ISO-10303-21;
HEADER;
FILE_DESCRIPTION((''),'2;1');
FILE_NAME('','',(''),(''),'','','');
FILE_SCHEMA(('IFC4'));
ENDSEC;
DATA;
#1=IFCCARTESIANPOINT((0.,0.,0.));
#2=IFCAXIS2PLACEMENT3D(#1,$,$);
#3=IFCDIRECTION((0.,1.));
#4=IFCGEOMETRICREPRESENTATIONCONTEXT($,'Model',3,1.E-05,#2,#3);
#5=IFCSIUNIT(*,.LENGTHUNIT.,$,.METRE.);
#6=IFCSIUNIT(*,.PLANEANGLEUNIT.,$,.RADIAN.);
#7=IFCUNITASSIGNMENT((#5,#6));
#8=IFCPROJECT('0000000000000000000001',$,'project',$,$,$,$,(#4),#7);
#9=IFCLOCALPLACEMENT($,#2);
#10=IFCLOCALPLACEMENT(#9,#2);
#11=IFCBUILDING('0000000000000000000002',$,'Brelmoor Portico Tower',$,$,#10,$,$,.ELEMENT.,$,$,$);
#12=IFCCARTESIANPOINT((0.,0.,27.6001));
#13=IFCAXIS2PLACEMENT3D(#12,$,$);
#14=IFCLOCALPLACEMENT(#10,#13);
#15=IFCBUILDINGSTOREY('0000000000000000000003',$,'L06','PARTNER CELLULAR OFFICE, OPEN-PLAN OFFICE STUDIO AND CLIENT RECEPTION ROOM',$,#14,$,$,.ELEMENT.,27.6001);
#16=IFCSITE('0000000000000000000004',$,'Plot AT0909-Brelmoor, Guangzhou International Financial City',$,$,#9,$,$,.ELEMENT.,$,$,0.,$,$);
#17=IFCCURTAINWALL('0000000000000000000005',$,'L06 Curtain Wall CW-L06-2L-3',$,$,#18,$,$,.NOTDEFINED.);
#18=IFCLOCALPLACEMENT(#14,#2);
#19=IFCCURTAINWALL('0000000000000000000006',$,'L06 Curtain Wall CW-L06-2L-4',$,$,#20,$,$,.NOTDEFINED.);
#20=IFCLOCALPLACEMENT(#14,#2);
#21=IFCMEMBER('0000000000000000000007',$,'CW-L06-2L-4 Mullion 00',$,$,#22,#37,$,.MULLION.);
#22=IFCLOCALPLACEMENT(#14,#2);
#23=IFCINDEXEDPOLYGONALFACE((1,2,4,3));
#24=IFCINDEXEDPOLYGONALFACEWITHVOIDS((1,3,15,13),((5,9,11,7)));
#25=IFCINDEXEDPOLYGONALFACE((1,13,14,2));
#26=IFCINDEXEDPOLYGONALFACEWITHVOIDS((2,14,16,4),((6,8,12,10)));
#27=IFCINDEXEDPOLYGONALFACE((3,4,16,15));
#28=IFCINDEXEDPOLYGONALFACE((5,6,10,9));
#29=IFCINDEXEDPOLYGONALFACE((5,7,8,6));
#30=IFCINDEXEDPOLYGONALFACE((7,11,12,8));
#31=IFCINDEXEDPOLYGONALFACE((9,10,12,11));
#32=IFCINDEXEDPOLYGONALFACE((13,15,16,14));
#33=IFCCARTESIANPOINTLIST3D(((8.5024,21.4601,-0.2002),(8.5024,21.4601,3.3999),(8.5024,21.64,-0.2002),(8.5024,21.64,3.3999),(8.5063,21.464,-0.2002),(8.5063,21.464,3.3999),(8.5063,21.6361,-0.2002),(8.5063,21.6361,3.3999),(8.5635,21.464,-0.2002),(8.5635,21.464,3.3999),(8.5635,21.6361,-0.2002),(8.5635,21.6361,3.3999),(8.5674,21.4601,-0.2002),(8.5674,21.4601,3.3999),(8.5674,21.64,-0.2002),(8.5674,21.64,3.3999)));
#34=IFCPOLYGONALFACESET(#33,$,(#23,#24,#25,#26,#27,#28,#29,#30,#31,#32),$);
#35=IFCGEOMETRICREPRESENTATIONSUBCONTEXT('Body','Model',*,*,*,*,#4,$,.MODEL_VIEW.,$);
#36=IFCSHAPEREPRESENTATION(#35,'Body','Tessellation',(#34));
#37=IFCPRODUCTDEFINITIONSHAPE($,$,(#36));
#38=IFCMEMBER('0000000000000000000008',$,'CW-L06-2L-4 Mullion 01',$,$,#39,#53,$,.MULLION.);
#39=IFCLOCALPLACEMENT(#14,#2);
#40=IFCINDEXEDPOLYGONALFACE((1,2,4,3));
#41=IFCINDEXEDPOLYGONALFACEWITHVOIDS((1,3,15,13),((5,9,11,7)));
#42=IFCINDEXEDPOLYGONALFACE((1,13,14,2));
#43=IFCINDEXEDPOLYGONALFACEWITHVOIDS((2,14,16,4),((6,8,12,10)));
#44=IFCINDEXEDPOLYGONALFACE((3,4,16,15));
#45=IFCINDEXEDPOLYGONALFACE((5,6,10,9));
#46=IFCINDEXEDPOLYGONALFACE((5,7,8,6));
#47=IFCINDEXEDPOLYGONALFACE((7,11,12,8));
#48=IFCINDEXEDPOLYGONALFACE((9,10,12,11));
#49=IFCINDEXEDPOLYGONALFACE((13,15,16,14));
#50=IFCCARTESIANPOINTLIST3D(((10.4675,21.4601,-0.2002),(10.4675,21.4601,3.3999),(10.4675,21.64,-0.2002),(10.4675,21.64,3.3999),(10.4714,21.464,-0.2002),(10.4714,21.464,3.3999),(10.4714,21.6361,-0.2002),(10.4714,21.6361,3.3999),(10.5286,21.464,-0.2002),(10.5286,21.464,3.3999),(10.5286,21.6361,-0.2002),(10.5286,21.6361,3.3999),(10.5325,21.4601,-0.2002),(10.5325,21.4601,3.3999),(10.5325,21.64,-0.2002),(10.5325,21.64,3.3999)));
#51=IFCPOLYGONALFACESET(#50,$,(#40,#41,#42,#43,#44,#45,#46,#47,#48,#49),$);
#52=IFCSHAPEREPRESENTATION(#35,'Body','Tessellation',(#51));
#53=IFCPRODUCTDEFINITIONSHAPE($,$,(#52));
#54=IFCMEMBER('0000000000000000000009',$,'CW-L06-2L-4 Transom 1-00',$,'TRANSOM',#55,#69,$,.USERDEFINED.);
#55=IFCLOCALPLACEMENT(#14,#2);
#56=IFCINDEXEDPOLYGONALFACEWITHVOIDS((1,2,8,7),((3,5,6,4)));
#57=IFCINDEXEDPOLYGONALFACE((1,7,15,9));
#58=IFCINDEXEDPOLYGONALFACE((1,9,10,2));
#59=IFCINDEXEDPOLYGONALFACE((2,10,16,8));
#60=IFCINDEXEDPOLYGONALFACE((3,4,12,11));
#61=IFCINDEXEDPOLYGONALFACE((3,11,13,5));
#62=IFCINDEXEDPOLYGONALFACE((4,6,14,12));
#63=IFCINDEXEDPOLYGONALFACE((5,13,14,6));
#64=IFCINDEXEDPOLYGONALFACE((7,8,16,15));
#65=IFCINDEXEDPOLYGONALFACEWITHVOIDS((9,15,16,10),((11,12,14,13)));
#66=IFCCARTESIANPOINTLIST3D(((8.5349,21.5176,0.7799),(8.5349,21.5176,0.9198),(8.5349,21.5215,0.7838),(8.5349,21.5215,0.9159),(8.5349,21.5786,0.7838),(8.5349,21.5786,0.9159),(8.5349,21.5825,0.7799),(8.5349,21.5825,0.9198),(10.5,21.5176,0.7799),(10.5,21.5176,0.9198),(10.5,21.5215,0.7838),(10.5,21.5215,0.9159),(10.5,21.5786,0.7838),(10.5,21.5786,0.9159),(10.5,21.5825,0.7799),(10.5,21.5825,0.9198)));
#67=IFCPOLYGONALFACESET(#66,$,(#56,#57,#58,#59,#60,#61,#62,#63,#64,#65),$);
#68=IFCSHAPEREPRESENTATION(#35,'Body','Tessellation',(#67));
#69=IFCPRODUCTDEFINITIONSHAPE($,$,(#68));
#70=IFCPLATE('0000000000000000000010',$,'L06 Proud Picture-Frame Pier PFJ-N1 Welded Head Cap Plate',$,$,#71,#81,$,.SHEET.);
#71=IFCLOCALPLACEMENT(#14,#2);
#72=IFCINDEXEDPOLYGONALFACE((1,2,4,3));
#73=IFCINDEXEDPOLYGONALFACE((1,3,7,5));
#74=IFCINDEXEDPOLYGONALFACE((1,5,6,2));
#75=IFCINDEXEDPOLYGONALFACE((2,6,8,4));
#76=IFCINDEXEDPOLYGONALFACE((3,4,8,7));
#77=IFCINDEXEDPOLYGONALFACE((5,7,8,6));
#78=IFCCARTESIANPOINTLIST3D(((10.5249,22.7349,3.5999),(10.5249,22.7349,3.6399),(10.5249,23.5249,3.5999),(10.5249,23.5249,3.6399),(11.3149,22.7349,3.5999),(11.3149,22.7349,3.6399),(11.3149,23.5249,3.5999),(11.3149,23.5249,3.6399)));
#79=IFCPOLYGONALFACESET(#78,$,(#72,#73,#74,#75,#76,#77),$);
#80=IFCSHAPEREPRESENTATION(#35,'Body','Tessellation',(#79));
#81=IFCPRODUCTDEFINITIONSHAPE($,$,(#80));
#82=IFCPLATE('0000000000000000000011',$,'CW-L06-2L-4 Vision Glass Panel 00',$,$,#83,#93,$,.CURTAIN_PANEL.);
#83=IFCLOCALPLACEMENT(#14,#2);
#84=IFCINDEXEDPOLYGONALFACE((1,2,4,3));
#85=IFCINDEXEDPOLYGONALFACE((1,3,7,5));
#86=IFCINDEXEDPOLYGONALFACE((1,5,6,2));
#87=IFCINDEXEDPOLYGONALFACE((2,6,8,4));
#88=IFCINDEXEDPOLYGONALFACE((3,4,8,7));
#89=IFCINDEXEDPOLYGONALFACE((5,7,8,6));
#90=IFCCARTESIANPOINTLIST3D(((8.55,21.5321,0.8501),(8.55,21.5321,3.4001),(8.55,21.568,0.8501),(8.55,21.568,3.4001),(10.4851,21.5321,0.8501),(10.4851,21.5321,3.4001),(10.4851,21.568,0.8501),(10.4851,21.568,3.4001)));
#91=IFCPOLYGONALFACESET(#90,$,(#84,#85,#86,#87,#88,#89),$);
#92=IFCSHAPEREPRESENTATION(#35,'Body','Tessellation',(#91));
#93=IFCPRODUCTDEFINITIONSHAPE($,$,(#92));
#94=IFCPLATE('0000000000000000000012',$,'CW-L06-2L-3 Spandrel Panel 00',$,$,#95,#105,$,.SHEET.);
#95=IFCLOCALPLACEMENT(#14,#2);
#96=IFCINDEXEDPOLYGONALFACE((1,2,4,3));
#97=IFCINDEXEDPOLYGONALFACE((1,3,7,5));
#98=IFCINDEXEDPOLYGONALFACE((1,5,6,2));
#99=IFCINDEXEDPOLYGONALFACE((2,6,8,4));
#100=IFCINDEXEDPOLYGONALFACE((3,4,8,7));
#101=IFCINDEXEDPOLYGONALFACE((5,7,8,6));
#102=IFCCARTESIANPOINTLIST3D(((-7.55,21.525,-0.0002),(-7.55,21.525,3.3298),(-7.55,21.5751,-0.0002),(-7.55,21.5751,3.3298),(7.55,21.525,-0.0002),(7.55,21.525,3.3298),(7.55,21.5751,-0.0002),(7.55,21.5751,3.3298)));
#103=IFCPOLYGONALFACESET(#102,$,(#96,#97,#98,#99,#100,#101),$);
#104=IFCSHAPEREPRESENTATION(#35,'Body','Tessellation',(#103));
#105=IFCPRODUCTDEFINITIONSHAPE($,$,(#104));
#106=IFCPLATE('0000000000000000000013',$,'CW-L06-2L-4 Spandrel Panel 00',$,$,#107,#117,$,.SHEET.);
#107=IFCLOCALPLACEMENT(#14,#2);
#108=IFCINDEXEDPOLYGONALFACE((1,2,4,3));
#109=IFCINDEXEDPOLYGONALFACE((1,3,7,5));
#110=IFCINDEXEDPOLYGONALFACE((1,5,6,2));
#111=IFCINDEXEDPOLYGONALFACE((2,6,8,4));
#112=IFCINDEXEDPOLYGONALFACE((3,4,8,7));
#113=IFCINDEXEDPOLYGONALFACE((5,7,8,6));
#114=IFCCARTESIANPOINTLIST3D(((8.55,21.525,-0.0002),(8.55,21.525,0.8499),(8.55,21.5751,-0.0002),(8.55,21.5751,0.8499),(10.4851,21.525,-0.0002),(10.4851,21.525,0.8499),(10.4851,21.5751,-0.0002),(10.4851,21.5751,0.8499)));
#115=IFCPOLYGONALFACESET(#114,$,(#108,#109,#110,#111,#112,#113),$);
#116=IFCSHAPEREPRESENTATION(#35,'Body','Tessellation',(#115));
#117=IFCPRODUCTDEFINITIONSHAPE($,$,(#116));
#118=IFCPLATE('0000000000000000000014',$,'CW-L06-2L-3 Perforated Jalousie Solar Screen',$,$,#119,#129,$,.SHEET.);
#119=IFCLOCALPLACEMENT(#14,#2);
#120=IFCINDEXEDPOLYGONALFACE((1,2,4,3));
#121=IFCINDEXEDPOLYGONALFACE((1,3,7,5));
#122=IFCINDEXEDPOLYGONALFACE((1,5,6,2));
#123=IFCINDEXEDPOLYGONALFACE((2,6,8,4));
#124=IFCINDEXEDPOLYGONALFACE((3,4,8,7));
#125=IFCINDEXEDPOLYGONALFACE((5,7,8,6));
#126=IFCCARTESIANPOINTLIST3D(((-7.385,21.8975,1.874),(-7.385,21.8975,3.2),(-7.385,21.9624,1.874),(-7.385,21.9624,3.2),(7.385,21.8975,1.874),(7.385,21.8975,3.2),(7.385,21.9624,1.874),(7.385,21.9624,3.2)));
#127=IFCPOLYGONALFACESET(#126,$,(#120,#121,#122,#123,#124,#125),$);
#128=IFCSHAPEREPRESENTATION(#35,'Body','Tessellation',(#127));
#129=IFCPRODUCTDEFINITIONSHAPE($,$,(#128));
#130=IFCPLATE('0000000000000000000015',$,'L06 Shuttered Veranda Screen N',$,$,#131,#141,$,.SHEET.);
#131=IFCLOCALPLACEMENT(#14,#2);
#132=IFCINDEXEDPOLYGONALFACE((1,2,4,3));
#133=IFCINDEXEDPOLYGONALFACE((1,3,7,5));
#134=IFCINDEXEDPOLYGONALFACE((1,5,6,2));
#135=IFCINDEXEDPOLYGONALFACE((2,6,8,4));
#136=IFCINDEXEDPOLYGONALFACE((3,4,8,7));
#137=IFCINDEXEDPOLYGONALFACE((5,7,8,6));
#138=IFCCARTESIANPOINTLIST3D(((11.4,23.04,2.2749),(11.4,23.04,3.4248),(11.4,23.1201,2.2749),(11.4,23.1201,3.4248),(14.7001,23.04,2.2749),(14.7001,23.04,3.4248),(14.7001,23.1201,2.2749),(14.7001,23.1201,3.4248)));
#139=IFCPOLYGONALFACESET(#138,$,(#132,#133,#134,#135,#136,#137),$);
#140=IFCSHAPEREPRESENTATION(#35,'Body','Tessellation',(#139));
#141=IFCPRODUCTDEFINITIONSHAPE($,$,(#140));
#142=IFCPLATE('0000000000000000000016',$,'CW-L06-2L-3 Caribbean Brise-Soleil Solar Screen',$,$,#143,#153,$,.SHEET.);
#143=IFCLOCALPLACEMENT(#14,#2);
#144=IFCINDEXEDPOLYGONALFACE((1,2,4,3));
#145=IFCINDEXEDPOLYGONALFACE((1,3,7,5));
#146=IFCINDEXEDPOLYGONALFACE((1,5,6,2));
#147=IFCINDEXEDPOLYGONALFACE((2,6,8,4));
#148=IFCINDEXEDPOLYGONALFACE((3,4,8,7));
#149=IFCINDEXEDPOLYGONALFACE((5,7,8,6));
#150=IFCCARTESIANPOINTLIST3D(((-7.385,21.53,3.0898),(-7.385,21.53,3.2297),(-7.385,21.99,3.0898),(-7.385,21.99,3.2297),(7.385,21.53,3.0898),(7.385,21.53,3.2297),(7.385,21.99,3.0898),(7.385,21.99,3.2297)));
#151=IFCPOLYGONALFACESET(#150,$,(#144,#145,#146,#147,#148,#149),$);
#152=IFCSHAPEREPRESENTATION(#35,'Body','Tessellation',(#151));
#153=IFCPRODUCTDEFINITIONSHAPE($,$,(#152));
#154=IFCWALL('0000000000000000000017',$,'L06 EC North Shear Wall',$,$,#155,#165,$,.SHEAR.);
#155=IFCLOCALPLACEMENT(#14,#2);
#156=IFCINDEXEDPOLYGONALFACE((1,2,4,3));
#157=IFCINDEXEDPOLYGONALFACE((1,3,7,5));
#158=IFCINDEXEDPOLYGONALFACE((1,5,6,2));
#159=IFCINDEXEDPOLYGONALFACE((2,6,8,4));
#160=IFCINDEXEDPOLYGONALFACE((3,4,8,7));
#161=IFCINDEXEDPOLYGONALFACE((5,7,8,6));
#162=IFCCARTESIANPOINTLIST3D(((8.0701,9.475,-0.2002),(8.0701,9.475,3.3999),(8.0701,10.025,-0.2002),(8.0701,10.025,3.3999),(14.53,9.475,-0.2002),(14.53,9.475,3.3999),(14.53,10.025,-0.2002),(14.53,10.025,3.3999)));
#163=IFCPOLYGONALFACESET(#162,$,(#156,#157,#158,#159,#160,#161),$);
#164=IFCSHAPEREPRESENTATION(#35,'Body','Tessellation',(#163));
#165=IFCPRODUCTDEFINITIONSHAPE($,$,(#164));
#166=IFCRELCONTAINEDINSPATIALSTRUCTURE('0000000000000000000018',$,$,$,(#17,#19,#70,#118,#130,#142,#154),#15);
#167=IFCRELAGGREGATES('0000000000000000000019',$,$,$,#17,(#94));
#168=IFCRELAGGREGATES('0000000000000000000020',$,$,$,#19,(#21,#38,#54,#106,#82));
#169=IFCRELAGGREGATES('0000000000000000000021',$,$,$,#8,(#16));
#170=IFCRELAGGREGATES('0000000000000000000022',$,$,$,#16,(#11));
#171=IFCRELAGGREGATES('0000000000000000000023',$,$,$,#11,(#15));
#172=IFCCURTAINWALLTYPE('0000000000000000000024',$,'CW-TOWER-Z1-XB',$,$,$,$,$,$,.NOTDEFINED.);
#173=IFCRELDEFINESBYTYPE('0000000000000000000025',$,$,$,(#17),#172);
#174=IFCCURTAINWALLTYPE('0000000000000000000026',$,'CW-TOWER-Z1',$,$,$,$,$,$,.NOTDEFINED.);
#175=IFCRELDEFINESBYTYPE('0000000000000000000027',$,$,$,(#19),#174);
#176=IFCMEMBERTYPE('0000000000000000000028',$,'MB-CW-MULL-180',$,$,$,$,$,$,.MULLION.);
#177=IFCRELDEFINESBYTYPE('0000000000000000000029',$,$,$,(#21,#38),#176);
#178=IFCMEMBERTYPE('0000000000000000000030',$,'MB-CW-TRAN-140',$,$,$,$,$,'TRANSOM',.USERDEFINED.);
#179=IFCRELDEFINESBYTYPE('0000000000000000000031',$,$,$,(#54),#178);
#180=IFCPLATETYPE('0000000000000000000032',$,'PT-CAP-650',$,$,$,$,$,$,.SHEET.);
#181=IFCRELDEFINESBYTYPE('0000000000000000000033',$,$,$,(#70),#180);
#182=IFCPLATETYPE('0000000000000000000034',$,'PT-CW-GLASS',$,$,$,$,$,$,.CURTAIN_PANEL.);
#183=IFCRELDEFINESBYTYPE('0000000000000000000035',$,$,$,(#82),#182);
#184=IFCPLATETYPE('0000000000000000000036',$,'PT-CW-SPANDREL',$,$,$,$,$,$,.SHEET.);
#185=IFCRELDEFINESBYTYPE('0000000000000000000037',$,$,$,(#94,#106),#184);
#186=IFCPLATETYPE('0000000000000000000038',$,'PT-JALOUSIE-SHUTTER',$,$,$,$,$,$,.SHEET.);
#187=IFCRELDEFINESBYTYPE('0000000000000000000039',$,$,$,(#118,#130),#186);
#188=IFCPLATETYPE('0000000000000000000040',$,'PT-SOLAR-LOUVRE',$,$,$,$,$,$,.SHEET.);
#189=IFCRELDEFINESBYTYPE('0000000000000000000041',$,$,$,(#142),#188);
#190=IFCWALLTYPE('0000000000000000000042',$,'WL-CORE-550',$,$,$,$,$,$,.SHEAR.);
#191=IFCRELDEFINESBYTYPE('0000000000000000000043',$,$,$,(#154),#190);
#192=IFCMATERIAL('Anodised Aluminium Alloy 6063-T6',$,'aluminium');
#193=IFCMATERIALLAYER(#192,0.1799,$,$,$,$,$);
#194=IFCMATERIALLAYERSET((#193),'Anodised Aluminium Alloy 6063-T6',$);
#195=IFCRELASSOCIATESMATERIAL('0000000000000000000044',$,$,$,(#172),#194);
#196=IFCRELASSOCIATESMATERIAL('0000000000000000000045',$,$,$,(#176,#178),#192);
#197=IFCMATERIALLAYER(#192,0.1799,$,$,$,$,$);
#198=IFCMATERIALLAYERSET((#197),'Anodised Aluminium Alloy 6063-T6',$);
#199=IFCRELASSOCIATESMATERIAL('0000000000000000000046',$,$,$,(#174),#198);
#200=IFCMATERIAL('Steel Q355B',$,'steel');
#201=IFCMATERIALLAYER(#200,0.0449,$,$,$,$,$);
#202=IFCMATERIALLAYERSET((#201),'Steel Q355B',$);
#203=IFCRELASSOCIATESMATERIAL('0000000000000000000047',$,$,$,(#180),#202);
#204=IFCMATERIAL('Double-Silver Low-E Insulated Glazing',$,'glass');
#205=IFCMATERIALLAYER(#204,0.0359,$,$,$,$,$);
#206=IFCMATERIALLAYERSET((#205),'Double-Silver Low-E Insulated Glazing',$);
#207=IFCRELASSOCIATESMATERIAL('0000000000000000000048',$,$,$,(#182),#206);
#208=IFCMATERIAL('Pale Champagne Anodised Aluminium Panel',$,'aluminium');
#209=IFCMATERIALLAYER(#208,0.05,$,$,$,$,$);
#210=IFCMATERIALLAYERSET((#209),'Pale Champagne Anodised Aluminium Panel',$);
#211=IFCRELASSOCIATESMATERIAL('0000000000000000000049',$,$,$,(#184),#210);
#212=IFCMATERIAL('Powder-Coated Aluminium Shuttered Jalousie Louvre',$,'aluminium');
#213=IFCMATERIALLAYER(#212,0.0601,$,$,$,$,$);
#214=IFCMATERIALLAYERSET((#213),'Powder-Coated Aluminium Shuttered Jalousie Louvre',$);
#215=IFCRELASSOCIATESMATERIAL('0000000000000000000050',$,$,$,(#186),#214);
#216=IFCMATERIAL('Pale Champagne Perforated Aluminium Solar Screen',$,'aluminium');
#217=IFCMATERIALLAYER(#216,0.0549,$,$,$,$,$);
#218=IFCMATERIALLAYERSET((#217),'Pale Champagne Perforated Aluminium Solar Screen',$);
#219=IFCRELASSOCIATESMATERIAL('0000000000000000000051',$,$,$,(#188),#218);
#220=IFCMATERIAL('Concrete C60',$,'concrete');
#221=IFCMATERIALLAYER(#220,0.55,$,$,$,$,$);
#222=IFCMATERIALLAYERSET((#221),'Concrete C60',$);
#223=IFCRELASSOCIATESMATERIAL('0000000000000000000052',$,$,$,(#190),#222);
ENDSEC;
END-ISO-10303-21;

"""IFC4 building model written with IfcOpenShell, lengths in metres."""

from ifc_helpers import new_model, si_unit, direction, frame, frame_2d, origin, origin_2d, place, context, subcontext, project, spatial, rectangle, hollow_rectangle, extrude, material, layer, layer_set, material_profile, profile_set, type_object, element, aggregate, save


model = new_model("IFC4")

# Units and contexts
model_context = context("Model", 3, precision=1e-05, world=origin(), true_north=direction((0.0, 1.0)))
body_context = subcontext(model_context, "Body", "Model", "MODEL_VIEW")
ifc_project = project(units=[si_unit("LENGTHUNIT", "METRE"), si_unit("PLANEANGLEUNIT", "RADIAN")], contexts=[model_context])

# Site, building, storey
site_placement = place(None, origin())
site = spatial("IfcSite", under=ifc_project, at=site_placement, Name="Plot AT0909-Brelmoor, Guangzhou International Financial City", CompositionType="ELEMENT", RefElevation=0.0)
building_placement = place(site_placement, origin())
building = spatial("IfcBuilding", under=site, at=building_placement, Name="Brelmoor Portico Tower", CompositionType="ELEMENT")
storey_placement = place(building_placement, frame((0.0, 0.0, 27.6001)))
storey = spatial("IfcBuildingStorey", under=building, at=storey_placement, Name="L06", Description="PARTNER CELLULAR OFFICE, OPEN-PLAN OFFICE STUDIO AND CLIENT RECEPTION ROOM", CompositionType="ELEMENT", Elevation=27.6001)

# Shared definitions
ifc_material_1 = material(Name="Steel Q355B", Category="steel")

# Curtain wall
ifc_material_2 = material(Name="Anodised Aluminium Alloy 6063-T6", Category="aluminium")
ifc_layer_1 = layer(ifc_material_2, 0.1799)
ifc_layer_set_1 = layer_set([ifc_layer_1], Name="Anodised Aluminium Alloy 6063-T6")
curtain_wall_type_1 = type_object("IfcCurtainWallType", Name="CW-TOWER-Z1-XB", PredefinedType="NOTDEFINED", material=ifc_layer_set_1)
curtain_wall_1_placement = place(storey_placement, origin())
curtain_wall_1 = element("IfcCurtainWall", 1, at=curtain_wall_1_placement, inside=storey, type_object=curtain_wall_type_1, Name="L06 Curtain Wall CW-L06-2L-3", PredefinedType="NOTDEFINED")
ifc_material_profile_1 = material_profile(ifc_material_2, hollow_rectangle(XDim=0.0649, YDim=0.1799, WallThickness=0.0039, at=origin_2d()), Name="ALU MULLION 65x180")
ifc_profile_set_1 = profile_set([ifc_material_profile_1], Name="Anodised Aluminium Alloy 6063-T6")
member_type_1 = type_object("IfcMemberType", Name="MB-CW-MULL-180", PredefinedType="MULLION", material=ifc_profile_set_1)

# Curtain wall, members
ifc_layer_2 = layer(ifc_material_2, 0.1799)
ifc_layer_set_2 = layer_set([ifc_layer_2], Name="Anodised Aluminium Alloy 6063-T6")
curtain_wall_type_2 = type_object("IfcCurtainWallType", Name="CW-TOWER-Z1", PredefinedType="NOTDEFINED", material=ifc_layer_set_2)
curtain_wall_2_placement = place(storey_placement, origin())
curtain_wall_2 = element("IfcCurtainWall", 2, at=curtain_wall_2_placement, inside=storey, type_object=curtain_wall_type_2, Name="L06 Curtain Wall CW-L06-2L-4", PredefinedType="NOTDEFINED")
member_1_placement = place(storey_placement, frame((8.5349, 21.55, -0.2002), z_axis=(0.0, 0.0, 1.0), x_axis=(1.0, 0.0, 0.0)))
member_1 = element("IfcMember", 3, at=member_1_placement, type_object=member_type_1, Name="CW-L06-2L-4 Mullion 00", PredefinedType="MULLION", context=body_context, shape_type="SweptSolid", body=[
    extrude(hollow_rectangle(XDim=0.0649, YDim=0.1799, WallThickness=0.0039, at=origin_2d()), origin(), (0.0, 0.0, 1.0), 3.6001),
])
member_2_placement = place(storey_placement, frame((10.5, 21.55, -0.2002), z_axis=(0.0, 0.0, 1.0), x_axis=(1.0, 0.0, 0.0)))
member_2 = element("IfcMember", 4, at=member_2_placement, type_object=member_type_1, Name="CW-L06-2L-4 Mullion 01", PredefinedType="MULLION", context=body_context, shape_type="SweptSolid", body=[
    extrude(hollow_rectangle(XDim=0.0649, YDim=0.1799, WallThickness=0.0039, at=origin_2d()), origin(), (0.0, 0.0, 1.0), 3.6001),
])
ifc_material_profile_2 = material_profile(ifc_material_2, hollow_rectangle(XDim=0.0649, YDim=0.1399, WallThickness=0.0039, at=origin_2d()), Name="ALU TRANSOM 65x140")
ifc_profile_set_2 = profile_set([ifc_material_profile_2], Name="Anodised Aluminium Alloy 6063-T6")
member_type_2 = type_object("IfcMemberType", Name="MB-CW-TRAN-140", ElementType="TRANSOM", PredefinedType="USERDEFINED", material=ifc_profile_set_2)
member_3_placement = place(storey_placement, frame((8.5349, 21.55, 0.8499), z_axis=(1.0, 0.0, 0.0), x_axis=(0.0, 1.0, 0.0)))
member_3 = element("IfcMember", 5, at=member_3_placement, type_object=member_type_2, Name="CW-L06-2L-4 Transom 1-00", ObjectType="TRANSOM", PredefinedType="USERDEFINED", context=body_context, shape_type="SweptSolid", body=[
    extrude(hollow_rectangle(XDim=0.0649, YDim=0.1399, WallThickness=0.0039, at=origin_2d()), origin(), (0.0, 0.0, 1.0), 1.9651),
])

# Plates
ifc_layer_3 = layer(ifc_material_1, 0.0449)
ifc_layer_set_3 = layer_set([ifc_layer_3], Name="Steel Q355B")
plate_type_1 = type_object("IfcPlateType", Name="PT-CAP-650", PredefinedType="SHEET", material=ifc_layer_set_3)
plate_1_placement = place(storey_placement, frame((10.9199, 23.1299, 3.5999), z_axis=(0.0, 0.0, 1.0), x_axis=(1.0, 0.0, 0.0)))
element("IfcPlate", 6, at=plate_1_placement, inside=storey, type_object=plate_type_1, Name="L06 Proud Picture-Frame Pier PFJ-N1 Welded Head Cap Plate", PredefinedType="SHEET", context=body_context, shape_type="SweptSolid", body=[
    extrude(rectangle(XDim=0.79, YDim=0.79, at=origin_2d()), origin(), (0.0, 0.0, 1.0), 0.04),
])
ifc_material_3 = material(Name="Double-Silver Low-E Insulated Glazing", Category="glass")
ifc_layer_4 = layer(ifc_material_3, 0.0359)
ifc_layer_set_4 = layer_set([ifc_layer_4], Name="Double-Silver Low-E Insulated Glazing")
plate_type_2 = type_object("IfcPlateType", Name="PT-CW-GLASS", PredefinedType="CURTAIN_PANEL", material=ifc_layer_set_4)
plate_2_placement = place(storey_placement, frame((9.5176, 21.55, 0.8501), z_axis=(0.0, 0.0, 1.0), x_axis=(1.0, 0.0, 0.0)))
plate_2 = element("IfcPlate", 7, at=plate_2_placement, type_object=plate_type_2, Name="CW-L06-2L-4 Vision Glass Panel 00", PredefinedType="CURTAIN_PANEL", context=body_context, shape_type="SweptSolid", body=[
    extrude(rectangle(XDim=1.9351, YDim=0.0359, at=origin_2d()), origin(), (0.0, 0.0, 1.0), 2.55),
])
ifc_material_4 = material(Name="Pale Champagne Anodised Aluminium Panel", Category="aluminium")
ifc_layer_5 = layer(ifc_material_4, 0.05)
ifc_layer_set_5 = layer_set([ifc_layer_5], Name="Pale Champagne Anodised Aluminium Panel")
plate_type_3 = type_object("IfcPlateType", Name="PT-CW-SPANDREL", PredefinedType="SHEET", material=ifc_layer_set_5)
plate_3_placement = place(storey_placement, frame((0.0, 21.55, -0.0002), z_axis=(0.0, 0.0, 1.0), x_axis=(1.0, 0.0, 0.0)))
plate_3 = element("IfcPlate", 8, at=plate_3_placement, type_object=plate_type_3, Name="CW-L06-2L-3 Spandrel Panel 00", PredefinedType="SHEET", context=body_context, shape_type="SweptSolid", body=[
    extrude(rectangle(XDim=15.1001, YDim=0.05, at=origin_2d()), origin(), (0.0, 0.0, 1.0), 3.3301),
])
aggregate(curtain_wall_1, [plate_3])
plate_4_placement = place(storey_placement, frame((9.5176, 21.55, -0.0002), z_axis=(0.0, 0.0, 1.0), x_axis=(1.0, 0.0, 0.0)))
plate_4 = element("IfcPlate", 9, at=plate_4_placement, type_object=plate_type_3, Name="CW-L06-2L-4 Spandrel Panel 00", PredefinedType="SHEET", context=body_context, shape_type="SweptSolid", body=[
    extrude(rectangle(XDim=1.9351, YDim=0.05, at=origin_2d()), origin(), (0.0, 0.0, 1.0), 0.8501),
])
aggregate(curtain_wall_2, [member_1, member_2, member_3, plate_4, plate_2])

# Plates
ifc_material_5 = material(Name="Powder-Coated Aluminium Shuttered Jalousie Louvre", Category="aluminium")
ifc_layer_6 = layer(ifc_material_5, 0.0601)
ifc_layer_set_6 = layer_set([ifc_layer_6], Name="Powder-Coated Aluminium Shuttered Jalousie Louvre")
plate_type_4 = type_object("IfcPlateType", Name="PT-JALOUSIE-SHUTTER", PredefinedType="SHEET", material=ifc_layer_set_6)
plate_5_placement = place(storey_placement, frame((0.0, 21.9299, 1.874), z_axis=(0.0, 0.0, 1.0), x_axis=(1.0, 0.0, 0.0)))
element("IfcPlate", 10, at=plate_5_placement, inside=storey, type_object=plate_type_4, Name="CW-L06-2L-3 Perforated Jalousie Solar Screen", PredefinedType="SHEET", context=body_context, shape_type="SweptSolid", body=[
    extrude(rectangle(XDim=14.77, YDim=0.0649, at=origin_2d()), origin(), (0.0, 0.0, 1.0), 1.3259),
])
plate_6_placement = place(storey_placement, frame((13.05, 23.0801, 2.2749), z_axis=(0.0, 0.0, 1.0), x_axis=(1.0, 0.0, 0.0)))
element("IfcPlate", 11, at=plate_6_placement, inside=storey, type_object=plate_type_4, Name="L06 Shuttered Veranda Screen N", PredefinedType="SHEET", context=body_context, shape_type="SweptSolid", body=[
    extrude(rectangle(XDim=3.3, YDim=0.0801, at=origin_2d()), origin(), (0.0, 0.0, 1.0), 1.1499),
])
ifc_material_6 = material(Name="Pale Champagne Perforated Aluminium Solar Screen", Category="aluminium")
ifc_layer_7 = layer(ifc_material_6, 0.0549)
ifc_layer_set_7 = layer_set([ifc_layer_7], Name="Pale Champagne Perforated Aluminium Solar Screen")
plate_type_5 = type_object("IfcPlateType", Name="PT-SOLAR-LOUVRE", PredefinedType="SHEET", material=ifc_layer_set_7)
plate_7_placement = place(storey_placement, frame((0.0, 21.76, 3.0898), z_axis=(0.0, 0.0, 1.0), x_axis=(1.0, 0.0, 0.0)))
element("IfcPlate", 12, at=plate_7_placement, inside=storey, type_object=plate_type_5, Name="CW-L06-2L-3 Caribbean Brise-Soleil Solar Screen", PredefinedType="SHEET", context=body_context, shape_type="SweptSolid", body=[
    extrude(rectangle(XDim=14.77, YDim=0.46, at=origin_2d()), origin(), (0.0, 0.0, 1.0), 0.1399),
])

# Wall
ifc_material_7 = material(Name="Concrete C60", Category="concrete")
ifc_layer_8 = layer(ifc_material_7, 0.55)
ifc_layer_set_8 = layer_set([ifc_layer_8], Name="Concrete C60")
wall_type_1 = type_object("IfcWallType", Name="WL-CORE-550", PredefinedType="SHEAR", material=ifc_layer_set_8)
wall_1_placement = place(storey_placement, frame((8.0701, 9.75, -0.2002), z_axis=(0.0, 0.0, 1.0), x_axis=(1.0, 0.0, 0.0)))
element("IfcWall", 13, at=wall_1_placement, inside=storey, type_object=wall_type_1, Name="L06 EC North Shear Wall", PredefinedType="SHEAR", context=body_context, shape_type="SweptSolid", body=[
    extrude(rectangle(XDim=6.46, YDim=0.55, at=frame_2d((3.23, 0.0))), origin(), (0.0, 0.0, 1.0), 3.6001),
])

save(model, "model.ifc")
